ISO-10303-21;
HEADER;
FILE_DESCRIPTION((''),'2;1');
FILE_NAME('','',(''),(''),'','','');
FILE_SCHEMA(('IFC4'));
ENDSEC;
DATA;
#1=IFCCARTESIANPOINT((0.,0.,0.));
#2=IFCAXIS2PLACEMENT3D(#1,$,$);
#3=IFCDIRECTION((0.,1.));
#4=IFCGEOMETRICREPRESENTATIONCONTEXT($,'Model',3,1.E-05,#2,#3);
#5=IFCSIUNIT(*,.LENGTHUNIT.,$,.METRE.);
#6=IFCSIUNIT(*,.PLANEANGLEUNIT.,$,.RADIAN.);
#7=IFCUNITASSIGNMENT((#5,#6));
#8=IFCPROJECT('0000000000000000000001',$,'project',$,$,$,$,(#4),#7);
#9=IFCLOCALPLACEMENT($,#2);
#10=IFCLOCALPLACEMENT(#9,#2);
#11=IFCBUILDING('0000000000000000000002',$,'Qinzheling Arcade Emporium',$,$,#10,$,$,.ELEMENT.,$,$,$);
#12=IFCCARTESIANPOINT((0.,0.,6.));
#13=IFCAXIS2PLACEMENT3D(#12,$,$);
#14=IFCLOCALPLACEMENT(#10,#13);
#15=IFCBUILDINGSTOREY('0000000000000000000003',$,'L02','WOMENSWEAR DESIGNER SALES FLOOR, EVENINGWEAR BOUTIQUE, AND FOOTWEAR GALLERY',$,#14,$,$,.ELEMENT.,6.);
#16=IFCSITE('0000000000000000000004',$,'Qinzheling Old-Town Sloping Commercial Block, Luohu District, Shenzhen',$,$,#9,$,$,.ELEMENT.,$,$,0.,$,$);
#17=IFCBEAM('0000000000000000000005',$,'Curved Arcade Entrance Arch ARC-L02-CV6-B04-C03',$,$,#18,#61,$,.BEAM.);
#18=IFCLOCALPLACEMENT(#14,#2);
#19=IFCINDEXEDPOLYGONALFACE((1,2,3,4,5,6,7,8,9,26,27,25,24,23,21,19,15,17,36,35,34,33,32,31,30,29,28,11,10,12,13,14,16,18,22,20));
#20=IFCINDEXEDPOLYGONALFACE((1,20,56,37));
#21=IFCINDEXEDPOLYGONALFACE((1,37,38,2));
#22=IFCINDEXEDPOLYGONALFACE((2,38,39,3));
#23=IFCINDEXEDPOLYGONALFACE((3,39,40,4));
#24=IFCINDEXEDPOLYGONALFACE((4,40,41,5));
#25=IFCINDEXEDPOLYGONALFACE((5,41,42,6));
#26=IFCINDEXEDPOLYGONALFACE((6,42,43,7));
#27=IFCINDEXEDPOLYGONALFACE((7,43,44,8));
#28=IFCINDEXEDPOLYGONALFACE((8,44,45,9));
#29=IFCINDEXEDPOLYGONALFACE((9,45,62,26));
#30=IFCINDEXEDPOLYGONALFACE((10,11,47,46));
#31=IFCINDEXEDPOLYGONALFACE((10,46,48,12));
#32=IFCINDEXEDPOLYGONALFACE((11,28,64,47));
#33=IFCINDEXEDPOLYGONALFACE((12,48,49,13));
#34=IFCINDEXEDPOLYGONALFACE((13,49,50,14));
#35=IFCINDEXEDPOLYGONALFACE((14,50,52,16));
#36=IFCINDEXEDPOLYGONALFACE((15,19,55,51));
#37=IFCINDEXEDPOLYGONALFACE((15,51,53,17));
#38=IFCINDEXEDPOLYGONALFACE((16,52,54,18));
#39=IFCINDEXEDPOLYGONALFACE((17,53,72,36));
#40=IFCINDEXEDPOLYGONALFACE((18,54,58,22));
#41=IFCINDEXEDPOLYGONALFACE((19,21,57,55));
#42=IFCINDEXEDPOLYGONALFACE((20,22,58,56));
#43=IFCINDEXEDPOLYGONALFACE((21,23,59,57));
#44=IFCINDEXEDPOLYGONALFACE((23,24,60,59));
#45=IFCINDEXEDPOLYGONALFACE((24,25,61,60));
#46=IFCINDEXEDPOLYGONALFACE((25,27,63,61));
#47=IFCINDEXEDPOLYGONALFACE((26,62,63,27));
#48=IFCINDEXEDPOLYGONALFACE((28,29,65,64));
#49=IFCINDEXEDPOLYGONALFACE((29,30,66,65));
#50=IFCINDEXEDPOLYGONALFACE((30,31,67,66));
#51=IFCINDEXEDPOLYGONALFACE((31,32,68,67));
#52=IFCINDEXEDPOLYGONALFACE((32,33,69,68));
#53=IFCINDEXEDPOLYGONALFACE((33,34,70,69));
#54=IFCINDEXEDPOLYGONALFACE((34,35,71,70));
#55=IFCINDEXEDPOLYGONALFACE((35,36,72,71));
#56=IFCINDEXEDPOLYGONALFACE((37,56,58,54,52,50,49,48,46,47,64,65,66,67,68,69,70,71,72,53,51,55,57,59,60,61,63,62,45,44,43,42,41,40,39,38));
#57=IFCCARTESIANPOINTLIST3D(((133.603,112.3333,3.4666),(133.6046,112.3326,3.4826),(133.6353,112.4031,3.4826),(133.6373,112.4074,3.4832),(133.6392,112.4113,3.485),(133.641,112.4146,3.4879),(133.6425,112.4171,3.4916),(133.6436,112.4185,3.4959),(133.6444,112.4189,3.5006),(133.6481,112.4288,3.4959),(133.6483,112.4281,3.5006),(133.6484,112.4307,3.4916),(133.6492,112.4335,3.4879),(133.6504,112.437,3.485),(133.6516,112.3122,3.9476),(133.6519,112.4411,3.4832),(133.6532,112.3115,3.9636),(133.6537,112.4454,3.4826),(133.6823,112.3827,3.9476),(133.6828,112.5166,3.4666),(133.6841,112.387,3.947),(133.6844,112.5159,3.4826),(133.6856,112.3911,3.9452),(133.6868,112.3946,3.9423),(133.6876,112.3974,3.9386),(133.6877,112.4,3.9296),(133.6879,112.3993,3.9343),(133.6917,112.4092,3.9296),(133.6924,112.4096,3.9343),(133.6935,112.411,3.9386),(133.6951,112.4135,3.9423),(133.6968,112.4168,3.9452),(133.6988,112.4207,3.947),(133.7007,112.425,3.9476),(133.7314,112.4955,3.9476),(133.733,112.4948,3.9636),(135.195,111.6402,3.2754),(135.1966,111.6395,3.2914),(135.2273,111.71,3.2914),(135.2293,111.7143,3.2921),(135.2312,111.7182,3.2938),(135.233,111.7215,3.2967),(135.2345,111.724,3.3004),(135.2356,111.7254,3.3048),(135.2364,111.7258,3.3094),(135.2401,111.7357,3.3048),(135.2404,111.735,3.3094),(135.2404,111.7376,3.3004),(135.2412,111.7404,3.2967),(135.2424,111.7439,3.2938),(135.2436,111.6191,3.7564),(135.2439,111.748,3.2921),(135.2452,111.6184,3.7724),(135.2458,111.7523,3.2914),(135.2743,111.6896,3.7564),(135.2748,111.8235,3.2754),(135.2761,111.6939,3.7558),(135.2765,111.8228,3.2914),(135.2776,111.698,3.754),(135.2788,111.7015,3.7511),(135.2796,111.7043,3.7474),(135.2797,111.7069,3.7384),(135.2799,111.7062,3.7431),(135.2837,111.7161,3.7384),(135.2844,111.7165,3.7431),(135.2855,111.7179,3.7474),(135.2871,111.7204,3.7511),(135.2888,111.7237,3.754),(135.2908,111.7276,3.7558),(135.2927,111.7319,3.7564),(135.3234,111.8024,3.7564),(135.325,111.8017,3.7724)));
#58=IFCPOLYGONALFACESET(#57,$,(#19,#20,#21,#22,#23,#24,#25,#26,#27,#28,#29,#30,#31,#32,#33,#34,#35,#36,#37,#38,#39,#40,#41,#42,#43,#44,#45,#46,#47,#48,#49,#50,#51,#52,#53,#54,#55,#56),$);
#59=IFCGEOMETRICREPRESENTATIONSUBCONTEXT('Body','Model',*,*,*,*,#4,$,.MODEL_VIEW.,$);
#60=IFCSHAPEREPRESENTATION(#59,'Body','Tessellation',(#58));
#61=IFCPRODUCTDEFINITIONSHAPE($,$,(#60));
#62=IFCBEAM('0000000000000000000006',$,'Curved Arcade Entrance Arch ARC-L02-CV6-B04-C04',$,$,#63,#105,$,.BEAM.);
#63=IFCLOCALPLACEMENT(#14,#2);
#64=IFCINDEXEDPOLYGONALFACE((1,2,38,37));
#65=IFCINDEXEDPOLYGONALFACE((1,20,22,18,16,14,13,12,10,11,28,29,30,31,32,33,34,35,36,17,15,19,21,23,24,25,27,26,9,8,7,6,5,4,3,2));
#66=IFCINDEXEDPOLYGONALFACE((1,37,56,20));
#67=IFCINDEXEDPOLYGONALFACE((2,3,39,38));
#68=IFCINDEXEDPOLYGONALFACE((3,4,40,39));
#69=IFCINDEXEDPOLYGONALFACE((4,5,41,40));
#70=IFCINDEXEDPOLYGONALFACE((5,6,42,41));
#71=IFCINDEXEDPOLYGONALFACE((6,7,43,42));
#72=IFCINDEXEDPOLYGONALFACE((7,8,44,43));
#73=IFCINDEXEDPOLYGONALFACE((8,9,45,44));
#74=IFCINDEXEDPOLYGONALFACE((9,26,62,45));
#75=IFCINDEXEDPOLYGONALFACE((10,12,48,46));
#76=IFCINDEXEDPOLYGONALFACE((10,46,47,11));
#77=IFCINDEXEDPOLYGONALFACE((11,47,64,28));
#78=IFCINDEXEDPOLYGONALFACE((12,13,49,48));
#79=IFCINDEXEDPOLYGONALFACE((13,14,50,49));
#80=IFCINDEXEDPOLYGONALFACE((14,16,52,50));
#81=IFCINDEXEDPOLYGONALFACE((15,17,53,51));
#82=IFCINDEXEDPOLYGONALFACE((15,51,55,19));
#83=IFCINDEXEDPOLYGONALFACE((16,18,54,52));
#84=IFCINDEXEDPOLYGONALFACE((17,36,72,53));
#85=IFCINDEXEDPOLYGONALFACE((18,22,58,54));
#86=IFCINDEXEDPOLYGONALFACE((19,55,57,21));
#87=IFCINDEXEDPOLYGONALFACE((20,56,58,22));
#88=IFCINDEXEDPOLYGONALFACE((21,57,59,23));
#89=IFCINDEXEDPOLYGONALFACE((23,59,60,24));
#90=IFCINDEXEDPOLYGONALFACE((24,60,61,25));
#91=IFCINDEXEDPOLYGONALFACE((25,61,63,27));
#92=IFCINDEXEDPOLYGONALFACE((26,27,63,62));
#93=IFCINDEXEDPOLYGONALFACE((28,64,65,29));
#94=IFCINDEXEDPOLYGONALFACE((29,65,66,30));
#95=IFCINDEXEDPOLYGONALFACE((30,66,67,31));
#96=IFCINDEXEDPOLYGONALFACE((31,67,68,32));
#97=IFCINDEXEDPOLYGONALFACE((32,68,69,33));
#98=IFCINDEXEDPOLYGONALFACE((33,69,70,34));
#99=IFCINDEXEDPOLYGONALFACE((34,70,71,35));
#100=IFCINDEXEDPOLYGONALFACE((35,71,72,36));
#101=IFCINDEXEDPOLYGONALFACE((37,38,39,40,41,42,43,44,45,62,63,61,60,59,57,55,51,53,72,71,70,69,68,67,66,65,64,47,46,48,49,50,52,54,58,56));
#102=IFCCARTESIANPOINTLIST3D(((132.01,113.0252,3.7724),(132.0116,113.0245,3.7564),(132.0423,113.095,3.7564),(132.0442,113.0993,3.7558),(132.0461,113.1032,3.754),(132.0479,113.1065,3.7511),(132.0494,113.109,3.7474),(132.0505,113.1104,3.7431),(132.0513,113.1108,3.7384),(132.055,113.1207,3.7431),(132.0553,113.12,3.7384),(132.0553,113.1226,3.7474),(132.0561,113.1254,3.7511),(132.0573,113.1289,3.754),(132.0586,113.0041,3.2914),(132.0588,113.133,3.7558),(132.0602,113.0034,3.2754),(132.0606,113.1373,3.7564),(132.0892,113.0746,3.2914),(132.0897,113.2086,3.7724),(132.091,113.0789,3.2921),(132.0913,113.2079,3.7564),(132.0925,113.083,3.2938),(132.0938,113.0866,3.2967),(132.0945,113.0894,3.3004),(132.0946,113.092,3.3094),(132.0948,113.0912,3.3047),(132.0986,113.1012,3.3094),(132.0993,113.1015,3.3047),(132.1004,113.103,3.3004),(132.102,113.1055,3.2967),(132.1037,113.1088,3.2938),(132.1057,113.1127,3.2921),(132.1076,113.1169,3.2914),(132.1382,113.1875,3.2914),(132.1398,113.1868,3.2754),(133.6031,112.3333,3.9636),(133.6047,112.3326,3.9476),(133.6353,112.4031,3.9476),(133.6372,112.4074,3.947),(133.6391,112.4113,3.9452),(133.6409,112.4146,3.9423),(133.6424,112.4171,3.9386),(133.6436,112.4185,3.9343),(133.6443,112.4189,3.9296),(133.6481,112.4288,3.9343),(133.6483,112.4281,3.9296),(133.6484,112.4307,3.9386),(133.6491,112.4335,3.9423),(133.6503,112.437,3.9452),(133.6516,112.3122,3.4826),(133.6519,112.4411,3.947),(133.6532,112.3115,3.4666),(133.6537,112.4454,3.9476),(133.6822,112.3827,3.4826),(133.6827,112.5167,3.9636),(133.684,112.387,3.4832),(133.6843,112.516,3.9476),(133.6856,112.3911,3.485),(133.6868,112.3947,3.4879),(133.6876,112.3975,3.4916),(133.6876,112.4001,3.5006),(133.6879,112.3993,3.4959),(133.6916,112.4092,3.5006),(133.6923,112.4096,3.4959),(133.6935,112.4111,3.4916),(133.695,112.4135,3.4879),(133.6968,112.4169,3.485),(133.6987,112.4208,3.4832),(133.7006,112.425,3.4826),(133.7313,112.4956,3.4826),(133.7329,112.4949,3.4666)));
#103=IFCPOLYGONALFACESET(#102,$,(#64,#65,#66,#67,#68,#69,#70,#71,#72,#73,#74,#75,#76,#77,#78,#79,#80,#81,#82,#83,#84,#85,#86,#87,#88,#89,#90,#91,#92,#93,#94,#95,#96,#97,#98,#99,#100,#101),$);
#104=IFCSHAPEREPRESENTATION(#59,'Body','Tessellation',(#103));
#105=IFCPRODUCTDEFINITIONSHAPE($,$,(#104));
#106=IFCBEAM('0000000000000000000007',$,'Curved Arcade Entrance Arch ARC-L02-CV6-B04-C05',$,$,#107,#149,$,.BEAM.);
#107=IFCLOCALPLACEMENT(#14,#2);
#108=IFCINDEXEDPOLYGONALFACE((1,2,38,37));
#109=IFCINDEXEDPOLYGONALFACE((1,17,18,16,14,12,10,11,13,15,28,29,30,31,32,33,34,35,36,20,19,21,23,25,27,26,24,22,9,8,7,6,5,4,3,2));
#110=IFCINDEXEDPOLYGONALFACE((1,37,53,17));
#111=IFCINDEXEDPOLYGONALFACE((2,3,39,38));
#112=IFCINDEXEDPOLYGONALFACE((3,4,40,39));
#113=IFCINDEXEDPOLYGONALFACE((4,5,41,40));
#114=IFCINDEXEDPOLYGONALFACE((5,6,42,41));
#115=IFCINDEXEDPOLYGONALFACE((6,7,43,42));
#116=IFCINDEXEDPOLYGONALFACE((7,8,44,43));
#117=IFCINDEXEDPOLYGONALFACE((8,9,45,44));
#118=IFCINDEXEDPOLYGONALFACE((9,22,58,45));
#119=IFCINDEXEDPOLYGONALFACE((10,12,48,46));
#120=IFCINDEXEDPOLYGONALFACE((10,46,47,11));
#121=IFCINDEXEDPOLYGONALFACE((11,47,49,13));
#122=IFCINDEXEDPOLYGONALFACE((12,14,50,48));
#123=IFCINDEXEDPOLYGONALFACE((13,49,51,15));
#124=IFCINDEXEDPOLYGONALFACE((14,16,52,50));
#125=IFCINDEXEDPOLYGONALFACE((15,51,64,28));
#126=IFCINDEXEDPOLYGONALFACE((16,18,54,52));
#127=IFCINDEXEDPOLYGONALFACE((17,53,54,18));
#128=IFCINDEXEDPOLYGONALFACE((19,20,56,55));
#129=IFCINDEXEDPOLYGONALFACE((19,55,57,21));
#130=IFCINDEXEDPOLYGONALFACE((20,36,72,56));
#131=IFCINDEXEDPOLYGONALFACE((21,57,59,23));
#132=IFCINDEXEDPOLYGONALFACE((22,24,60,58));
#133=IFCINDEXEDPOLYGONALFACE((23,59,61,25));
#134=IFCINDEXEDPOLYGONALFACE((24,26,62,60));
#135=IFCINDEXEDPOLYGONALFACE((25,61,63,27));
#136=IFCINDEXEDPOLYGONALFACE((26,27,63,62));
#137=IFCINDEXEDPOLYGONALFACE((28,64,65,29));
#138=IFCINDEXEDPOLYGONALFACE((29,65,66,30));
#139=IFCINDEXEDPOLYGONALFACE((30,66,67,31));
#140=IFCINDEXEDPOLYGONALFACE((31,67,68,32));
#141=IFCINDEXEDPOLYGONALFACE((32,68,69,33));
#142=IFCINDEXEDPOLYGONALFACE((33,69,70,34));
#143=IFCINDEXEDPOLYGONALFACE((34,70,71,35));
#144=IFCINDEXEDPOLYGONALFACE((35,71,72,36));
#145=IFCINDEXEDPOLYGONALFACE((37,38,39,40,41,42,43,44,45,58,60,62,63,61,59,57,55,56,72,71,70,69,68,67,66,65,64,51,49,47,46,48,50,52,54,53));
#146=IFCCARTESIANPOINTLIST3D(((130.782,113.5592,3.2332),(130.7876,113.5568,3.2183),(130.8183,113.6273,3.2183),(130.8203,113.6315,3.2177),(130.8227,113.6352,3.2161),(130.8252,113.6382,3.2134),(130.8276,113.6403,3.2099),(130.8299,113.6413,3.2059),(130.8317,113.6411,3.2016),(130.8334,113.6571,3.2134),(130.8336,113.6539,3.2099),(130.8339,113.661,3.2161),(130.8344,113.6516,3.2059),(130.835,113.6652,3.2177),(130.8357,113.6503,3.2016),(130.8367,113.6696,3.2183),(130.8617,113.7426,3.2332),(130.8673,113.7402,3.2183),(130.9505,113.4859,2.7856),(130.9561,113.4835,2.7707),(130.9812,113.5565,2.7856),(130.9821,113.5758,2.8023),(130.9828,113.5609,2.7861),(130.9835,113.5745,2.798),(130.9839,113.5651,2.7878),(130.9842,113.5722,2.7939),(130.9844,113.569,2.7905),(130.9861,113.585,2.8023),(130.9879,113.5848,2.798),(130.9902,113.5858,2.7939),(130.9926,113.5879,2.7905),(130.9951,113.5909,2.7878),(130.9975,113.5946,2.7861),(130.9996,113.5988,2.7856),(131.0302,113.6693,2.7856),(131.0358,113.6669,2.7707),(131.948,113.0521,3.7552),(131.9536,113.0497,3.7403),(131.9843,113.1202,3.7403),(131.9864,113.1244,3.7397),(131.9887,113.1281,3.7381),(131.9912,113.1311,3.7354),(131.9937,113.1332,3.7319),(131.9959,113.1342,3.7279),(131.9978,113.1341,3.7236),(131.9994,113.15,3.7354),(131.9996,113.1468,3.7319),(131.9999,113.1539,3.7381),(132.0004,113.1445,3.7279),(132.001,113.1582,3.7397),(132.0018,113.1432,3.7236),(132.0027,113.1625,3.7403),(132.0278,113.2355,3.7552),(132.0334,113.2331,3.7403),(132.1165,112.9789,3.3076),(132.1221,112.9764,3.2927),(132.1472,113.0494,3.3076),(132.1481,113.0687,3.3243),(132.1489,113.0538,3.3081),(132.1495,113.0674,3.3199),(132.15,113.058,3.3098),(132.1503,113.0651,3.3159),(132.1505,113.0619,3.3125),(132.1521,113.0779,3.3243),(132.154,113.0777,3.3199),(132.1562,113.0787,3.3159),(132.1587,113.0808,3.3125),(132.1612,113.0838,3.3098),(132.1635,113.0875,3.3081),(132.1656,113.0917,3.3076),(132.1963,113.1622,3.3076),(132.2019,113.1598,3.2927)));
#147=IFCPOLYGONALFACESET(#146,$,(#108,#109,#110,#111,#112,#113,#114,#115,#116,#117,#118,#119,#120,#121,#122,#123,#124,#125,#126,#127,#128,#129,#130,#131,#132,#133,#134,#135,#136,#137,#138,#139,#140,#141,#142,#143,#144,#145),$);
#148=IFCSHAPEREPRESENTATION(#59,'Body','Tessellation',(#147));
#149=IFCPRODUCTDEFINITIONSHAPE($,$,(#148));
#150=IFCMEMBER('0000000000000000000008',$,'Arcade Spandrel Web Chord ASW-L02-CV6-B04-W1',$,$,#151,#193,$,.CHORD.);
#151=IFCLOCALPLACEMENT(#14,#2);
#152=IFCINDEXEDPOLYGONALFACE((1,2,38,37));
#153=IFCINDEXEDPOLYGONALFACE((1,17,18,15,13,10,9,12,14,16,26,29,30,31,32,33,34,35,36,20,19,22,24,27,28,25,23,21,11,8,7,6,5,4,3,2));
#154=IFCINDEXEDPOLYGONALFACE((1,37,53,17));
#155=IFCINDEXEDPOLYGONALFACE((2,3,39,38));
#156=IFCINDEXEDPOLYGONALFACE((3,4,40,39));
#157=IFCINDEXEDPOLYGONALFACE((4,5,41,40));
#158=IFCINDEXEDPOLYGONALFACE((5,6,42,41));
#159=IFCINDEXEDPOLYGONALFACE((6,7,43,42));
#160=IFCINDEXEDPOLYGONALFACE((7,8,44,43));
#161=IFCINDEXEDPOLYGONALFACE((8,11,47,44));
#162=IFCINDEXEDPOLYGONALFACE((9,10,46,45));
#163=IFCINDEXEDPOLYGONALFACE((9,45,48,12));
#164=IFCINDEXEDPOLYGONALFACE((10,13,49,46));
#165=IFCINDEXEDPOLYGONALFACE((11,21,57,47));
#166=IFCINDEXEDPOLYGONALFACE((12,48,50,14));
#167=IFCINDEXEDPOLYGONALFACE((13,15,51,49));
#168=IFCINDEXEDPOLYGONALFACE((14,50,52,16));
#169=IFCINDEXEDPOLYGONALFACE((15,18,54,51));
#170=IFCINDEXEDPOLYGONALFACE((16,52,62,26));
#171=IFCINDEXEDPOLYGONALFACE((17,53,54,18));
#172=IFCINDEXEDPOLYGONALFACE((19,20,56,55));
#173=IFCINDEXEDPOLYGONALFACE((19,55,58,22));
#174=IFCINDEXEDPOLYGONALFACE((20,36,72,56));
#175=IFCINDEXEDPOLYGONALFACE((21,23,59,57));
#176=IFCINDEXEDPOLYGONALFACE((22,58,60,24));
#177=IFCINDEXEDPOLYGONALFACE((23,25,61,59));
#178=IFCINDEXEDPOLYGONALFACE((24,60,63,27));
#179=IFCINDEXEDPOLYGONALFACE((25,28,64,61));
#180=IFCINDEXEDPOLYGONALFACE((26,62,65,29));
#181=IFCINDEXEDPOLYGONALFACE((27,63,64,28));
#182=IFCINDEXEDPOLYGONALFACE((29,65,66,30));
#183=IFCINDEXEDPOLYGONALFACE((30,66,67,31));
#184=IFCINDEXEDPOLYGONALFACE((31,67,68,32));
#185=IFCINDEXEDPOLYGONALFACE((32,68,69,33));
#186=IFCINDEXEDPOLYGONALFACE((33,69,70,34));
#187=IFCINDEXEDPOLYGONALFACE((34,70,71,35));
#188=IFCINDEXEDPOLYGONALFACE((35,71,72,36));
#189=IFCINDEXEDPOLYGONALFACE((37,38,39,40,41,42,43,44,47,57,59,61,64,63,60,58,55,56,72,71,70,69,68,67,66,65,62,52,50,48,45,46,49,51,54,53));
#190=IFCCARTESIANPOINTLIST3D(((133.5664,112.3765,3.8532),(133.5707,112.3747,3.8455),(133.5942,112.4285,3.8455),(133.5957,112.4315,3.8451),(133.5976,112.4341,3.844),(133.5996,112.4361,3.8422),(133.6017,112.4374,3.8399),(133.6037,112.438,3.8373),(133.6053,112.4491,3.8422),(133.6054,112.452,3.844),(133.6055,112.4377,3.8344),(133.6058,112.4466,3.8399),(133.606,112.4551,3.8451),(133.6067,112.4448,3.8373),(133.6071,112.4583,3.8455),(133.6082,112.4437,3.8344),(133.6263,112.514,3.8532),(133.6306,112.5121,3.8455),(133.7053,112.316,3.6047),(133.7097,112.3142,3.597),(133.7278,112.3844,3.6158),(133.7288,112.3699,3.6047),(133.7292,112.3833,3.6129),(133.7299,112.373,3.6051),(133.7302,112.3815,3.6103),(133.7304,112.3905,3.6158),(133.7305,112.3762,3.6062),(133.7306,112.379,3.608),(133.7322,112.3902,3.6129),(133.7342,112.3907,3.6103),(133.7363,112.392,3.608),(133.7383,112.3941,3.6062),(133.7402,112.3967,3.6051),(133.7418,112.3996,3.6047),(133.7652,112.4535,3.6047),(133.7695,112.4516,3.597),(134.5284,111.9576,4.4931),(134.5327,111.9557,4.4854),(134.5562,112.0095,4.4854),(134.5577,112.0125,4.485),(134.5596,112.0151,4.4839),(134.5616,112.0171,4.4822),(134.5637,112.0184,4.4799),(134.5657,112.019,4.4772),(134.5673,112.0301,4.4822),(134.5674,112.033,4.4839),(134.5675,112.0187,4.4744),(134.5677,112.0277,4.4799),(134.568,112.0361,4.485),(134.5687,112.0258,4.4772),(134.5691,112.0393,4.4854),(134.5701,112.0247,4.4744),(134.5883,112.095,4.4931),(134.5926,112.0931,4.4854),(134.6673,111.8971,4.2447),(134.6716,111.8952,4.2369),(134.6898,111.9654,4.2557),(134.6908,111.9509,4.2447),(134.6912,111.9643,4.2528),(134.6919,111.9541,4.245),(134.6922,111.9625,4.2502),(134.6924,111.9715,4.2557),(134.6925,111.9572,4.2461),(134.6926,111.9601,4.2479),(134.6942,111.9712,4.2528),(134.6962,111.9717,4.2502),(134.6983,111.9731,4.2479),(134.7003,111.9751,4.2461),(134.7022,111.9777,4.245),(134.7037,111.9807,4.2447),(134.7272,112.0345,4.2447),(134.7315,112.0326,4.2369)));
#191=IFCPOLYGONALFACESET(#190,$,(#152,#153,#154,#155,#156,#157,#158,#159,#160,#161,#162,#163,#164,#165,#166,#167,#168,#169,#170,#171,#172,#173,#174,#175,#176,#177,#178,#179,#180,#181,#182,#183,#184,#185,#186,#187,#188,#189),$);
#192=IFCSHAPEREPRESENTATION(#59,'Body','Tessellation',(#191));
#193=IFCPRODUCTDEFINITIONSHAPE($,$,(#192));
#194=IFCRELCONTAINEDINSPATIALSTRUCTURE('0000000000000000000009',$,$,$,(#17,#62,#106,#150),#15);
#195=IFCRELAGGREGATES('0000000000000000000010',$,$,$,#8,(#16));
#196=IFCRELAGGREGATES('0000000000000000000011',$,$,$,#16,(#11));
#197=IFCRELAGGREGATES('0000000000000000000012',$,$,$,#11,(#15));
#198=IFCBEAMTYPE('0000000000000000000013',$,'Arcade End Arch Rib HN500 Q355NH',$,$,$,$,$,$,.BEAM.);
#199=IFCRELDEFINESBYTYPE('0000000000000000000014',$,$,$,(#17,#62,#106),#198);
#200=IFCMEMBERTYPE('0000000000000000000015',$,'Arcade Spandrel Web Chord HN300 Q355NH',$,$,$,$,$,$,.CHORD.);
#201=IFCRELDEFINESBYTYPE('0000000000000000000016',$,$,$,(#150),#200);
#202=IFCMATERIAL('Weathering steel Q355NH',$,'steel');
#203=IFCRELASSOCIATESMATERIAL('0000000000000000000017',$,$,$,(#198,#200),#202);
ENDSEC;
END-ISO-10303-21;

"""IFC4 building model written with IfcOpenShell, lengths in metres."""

from ifc_helpers import new_model, si_unit, direction, frame, origin, origin_2d, place, context, subcontext, project, spatial, i_section, extrude, material, material_profile, profile_set, type_object, element, save


model = new_model("IFC4")

# Units and contexts
model_context = context("Model", 3, precision=1e-05, world=origin(), true_north=direction((0.0, 1.0)))
body_context = subcontext(model_context, "Body", "Model", "MODEL_VIEW")
ifc_project = project(units=[si_unit("LENGTHUNIT", "METRE"), si_unit("PLANEANGLEUNIT", "RADIAN")], contexts=[model_context])

# Site, building, storey
site_placement = place(None, origin())
site = spatial("IfcSite", under=ifc_project, at=site_placement, Name="Qinzheling Old-Town Sloping Commercial Block, Luohu District, Shenzhen", CompositionType="ELEMENT", RefElevation=0.0)
building_placement = place(site_placement, origin())
building = spatial("IfcBuilding", under=site, at=building_placement, Name="Qinzheling Arcade Emporium", CompositionType="ELEMENT")
storey_placement = place(building_placement, frame((0.0, 0.0, 6.0)))
storey = spatial("IfcBuildingStorey", under=building, at=storey_placement, Name="L02", Description="WOMENSWEAR DESIGNER SALES FLOOR, EVENINGWEAR BOUTIQUE, AND FOOTWEAR GALLERY", CompositionType="ELEMENT", Elevation=6.0)

# Beams
ifc_material_1 = material(Name="Weathering steel Q355NH", Category="steel")
ifc_material_profile_1 = material_profile(ifc_material_1, i_section(OverallWidth=0.2, OverallDepth=0.5, WebThickness=0.01, FlangeThickness=0.0161, FilletRadius=0.0181, at=origin_2d()), Name="HN 500x200x10x16", Category="steel")
ifc_profile_set_1 = profile_set([ifc_material_profile_1], Name="Weathering steel Q355NH")
beam_type = type_object("IfcBeamType", Name="Arcade End Arch Rib HN500 Q355NH", PredefinedType="BEAM", material=ifc_profile_set_1)
beam_1_placement = place(storey_placement, frame((135.26, 111.7209, 3.5239), z_axis=(-0.911369, 0.396776, 0.109431), x_axis=(-0.399173, -0.916875, 0.0)))
element("IfcBeam", 1, at=beam_1_placement, inside=storey, type_object=beam_type, Name="Curved Arcade Entrance Arch ARC-L02-CV6-B04-C03", PredefinedType="BEAM", context=body_context, shape_type="SweptSolid", body=[
    extrude(i_section(OverallWidth=0.2, OverallDepth=0.5, WebThickness=0.01, FlangeThickness=0.0161, FilletRadius=0.0181, at=origin_2d()), origin(), (0.0, 0.0, 1.0), 1.7468),
])
beam_2_placement = place(storey_placement, frame((133.668, 112.4141, 3.7151), z_axis=(-0.911716, 0.395985, -0.109406), x_axis=(-0.398377, -0.917222, 0.0)))
element("IfcBeam", 2, at=beam_2_placement, inside=storey, type_object=beam_type, Name="Curved Arcade Entrance Arch ARC-L02-CV6-B04-C04", PredefinedType="BEAM", context=body_context, shape_type="SweptSolid", body=[
    extrude(i_section(OverallWidth=0.2, OverallDepth=0.5, WebThickness=0.01, FlangeThickness=0.0161, FilletRadius=0.0181, at=origin_2d()), origin(), (0.0, 0.0, 1.0), 1.7473),
])
beam_3_placement = place(storey_placement, frame((132.075, 113.106, 3.5239), z_axis=(-0.848336, 0.368927, -0.379762), x_axis=(-0.398803, -0.917036, 0.0)))
element("IfcBeam", 3, at=beam_3_placement, inside=storey, type_object=beam_type, Name="Curved Arcade Entrance Arch ARC-L02-CV6-B04-C05", PredefinedType="BEAM", context=body_context, shape_type="SweptSolid", body=[
    extrude(i_section(OverallWidth=0.2, OverallDepth=0.5, WebThickness=0.01, FlangeThickness=0.0161, FilletRadius=0.0181, at=origin_2d()), origin(), (0.0, 0.0, 1.0), 1.3745),
])

# Member
ifc_material_profile_2 = material_profile(ifc_material_1, i_section(OverallWidth=0.1499, OverallDepth=0.3, WebThickness=0.0066, FlangeThickness=0.009, FilletRadius=0.0129, at=origin_2d()), Name="HN 300x150x6.5x9", Category="steel")
ifc_profile_set_2 = profile_set([ifc_material_profile_2], Name="Weathering steel Q355NH")
member_type_1 = type_object("IfcMemberType", Name="Arcade Spandrel Web Chord HN300 Q355NH", PredefinedType="CHORD", material=ifc_profile_set_2)
member_1_placement = place(storey_placement, frame((133.668, 112.4141, 3.7251), z_axis=(0.782728, -0.340904, 0.520693), x_axis=(0.399305, 0.916818, 0.0)))
element("IfcMember", 4, at=member_1_placement, inside=storey, type_object=member_type_1, Name="Arcade Spandrel Web Chord ASW-L02-CV6-B04-W1", PredefinedType="CHORD", context=body_context, shape_type="SweptSolid", body=[
    extrude(i_section(OverallWidth=0.1499, OverallDepth=0.3, WebThickness=0.0066, FlangeThickness=0.009, FilletRadius=0.0129, at=origin_2d()), origin(), (0.0, 0.0, 1.0), 1.229),
])

save(model, "model.ifc")
